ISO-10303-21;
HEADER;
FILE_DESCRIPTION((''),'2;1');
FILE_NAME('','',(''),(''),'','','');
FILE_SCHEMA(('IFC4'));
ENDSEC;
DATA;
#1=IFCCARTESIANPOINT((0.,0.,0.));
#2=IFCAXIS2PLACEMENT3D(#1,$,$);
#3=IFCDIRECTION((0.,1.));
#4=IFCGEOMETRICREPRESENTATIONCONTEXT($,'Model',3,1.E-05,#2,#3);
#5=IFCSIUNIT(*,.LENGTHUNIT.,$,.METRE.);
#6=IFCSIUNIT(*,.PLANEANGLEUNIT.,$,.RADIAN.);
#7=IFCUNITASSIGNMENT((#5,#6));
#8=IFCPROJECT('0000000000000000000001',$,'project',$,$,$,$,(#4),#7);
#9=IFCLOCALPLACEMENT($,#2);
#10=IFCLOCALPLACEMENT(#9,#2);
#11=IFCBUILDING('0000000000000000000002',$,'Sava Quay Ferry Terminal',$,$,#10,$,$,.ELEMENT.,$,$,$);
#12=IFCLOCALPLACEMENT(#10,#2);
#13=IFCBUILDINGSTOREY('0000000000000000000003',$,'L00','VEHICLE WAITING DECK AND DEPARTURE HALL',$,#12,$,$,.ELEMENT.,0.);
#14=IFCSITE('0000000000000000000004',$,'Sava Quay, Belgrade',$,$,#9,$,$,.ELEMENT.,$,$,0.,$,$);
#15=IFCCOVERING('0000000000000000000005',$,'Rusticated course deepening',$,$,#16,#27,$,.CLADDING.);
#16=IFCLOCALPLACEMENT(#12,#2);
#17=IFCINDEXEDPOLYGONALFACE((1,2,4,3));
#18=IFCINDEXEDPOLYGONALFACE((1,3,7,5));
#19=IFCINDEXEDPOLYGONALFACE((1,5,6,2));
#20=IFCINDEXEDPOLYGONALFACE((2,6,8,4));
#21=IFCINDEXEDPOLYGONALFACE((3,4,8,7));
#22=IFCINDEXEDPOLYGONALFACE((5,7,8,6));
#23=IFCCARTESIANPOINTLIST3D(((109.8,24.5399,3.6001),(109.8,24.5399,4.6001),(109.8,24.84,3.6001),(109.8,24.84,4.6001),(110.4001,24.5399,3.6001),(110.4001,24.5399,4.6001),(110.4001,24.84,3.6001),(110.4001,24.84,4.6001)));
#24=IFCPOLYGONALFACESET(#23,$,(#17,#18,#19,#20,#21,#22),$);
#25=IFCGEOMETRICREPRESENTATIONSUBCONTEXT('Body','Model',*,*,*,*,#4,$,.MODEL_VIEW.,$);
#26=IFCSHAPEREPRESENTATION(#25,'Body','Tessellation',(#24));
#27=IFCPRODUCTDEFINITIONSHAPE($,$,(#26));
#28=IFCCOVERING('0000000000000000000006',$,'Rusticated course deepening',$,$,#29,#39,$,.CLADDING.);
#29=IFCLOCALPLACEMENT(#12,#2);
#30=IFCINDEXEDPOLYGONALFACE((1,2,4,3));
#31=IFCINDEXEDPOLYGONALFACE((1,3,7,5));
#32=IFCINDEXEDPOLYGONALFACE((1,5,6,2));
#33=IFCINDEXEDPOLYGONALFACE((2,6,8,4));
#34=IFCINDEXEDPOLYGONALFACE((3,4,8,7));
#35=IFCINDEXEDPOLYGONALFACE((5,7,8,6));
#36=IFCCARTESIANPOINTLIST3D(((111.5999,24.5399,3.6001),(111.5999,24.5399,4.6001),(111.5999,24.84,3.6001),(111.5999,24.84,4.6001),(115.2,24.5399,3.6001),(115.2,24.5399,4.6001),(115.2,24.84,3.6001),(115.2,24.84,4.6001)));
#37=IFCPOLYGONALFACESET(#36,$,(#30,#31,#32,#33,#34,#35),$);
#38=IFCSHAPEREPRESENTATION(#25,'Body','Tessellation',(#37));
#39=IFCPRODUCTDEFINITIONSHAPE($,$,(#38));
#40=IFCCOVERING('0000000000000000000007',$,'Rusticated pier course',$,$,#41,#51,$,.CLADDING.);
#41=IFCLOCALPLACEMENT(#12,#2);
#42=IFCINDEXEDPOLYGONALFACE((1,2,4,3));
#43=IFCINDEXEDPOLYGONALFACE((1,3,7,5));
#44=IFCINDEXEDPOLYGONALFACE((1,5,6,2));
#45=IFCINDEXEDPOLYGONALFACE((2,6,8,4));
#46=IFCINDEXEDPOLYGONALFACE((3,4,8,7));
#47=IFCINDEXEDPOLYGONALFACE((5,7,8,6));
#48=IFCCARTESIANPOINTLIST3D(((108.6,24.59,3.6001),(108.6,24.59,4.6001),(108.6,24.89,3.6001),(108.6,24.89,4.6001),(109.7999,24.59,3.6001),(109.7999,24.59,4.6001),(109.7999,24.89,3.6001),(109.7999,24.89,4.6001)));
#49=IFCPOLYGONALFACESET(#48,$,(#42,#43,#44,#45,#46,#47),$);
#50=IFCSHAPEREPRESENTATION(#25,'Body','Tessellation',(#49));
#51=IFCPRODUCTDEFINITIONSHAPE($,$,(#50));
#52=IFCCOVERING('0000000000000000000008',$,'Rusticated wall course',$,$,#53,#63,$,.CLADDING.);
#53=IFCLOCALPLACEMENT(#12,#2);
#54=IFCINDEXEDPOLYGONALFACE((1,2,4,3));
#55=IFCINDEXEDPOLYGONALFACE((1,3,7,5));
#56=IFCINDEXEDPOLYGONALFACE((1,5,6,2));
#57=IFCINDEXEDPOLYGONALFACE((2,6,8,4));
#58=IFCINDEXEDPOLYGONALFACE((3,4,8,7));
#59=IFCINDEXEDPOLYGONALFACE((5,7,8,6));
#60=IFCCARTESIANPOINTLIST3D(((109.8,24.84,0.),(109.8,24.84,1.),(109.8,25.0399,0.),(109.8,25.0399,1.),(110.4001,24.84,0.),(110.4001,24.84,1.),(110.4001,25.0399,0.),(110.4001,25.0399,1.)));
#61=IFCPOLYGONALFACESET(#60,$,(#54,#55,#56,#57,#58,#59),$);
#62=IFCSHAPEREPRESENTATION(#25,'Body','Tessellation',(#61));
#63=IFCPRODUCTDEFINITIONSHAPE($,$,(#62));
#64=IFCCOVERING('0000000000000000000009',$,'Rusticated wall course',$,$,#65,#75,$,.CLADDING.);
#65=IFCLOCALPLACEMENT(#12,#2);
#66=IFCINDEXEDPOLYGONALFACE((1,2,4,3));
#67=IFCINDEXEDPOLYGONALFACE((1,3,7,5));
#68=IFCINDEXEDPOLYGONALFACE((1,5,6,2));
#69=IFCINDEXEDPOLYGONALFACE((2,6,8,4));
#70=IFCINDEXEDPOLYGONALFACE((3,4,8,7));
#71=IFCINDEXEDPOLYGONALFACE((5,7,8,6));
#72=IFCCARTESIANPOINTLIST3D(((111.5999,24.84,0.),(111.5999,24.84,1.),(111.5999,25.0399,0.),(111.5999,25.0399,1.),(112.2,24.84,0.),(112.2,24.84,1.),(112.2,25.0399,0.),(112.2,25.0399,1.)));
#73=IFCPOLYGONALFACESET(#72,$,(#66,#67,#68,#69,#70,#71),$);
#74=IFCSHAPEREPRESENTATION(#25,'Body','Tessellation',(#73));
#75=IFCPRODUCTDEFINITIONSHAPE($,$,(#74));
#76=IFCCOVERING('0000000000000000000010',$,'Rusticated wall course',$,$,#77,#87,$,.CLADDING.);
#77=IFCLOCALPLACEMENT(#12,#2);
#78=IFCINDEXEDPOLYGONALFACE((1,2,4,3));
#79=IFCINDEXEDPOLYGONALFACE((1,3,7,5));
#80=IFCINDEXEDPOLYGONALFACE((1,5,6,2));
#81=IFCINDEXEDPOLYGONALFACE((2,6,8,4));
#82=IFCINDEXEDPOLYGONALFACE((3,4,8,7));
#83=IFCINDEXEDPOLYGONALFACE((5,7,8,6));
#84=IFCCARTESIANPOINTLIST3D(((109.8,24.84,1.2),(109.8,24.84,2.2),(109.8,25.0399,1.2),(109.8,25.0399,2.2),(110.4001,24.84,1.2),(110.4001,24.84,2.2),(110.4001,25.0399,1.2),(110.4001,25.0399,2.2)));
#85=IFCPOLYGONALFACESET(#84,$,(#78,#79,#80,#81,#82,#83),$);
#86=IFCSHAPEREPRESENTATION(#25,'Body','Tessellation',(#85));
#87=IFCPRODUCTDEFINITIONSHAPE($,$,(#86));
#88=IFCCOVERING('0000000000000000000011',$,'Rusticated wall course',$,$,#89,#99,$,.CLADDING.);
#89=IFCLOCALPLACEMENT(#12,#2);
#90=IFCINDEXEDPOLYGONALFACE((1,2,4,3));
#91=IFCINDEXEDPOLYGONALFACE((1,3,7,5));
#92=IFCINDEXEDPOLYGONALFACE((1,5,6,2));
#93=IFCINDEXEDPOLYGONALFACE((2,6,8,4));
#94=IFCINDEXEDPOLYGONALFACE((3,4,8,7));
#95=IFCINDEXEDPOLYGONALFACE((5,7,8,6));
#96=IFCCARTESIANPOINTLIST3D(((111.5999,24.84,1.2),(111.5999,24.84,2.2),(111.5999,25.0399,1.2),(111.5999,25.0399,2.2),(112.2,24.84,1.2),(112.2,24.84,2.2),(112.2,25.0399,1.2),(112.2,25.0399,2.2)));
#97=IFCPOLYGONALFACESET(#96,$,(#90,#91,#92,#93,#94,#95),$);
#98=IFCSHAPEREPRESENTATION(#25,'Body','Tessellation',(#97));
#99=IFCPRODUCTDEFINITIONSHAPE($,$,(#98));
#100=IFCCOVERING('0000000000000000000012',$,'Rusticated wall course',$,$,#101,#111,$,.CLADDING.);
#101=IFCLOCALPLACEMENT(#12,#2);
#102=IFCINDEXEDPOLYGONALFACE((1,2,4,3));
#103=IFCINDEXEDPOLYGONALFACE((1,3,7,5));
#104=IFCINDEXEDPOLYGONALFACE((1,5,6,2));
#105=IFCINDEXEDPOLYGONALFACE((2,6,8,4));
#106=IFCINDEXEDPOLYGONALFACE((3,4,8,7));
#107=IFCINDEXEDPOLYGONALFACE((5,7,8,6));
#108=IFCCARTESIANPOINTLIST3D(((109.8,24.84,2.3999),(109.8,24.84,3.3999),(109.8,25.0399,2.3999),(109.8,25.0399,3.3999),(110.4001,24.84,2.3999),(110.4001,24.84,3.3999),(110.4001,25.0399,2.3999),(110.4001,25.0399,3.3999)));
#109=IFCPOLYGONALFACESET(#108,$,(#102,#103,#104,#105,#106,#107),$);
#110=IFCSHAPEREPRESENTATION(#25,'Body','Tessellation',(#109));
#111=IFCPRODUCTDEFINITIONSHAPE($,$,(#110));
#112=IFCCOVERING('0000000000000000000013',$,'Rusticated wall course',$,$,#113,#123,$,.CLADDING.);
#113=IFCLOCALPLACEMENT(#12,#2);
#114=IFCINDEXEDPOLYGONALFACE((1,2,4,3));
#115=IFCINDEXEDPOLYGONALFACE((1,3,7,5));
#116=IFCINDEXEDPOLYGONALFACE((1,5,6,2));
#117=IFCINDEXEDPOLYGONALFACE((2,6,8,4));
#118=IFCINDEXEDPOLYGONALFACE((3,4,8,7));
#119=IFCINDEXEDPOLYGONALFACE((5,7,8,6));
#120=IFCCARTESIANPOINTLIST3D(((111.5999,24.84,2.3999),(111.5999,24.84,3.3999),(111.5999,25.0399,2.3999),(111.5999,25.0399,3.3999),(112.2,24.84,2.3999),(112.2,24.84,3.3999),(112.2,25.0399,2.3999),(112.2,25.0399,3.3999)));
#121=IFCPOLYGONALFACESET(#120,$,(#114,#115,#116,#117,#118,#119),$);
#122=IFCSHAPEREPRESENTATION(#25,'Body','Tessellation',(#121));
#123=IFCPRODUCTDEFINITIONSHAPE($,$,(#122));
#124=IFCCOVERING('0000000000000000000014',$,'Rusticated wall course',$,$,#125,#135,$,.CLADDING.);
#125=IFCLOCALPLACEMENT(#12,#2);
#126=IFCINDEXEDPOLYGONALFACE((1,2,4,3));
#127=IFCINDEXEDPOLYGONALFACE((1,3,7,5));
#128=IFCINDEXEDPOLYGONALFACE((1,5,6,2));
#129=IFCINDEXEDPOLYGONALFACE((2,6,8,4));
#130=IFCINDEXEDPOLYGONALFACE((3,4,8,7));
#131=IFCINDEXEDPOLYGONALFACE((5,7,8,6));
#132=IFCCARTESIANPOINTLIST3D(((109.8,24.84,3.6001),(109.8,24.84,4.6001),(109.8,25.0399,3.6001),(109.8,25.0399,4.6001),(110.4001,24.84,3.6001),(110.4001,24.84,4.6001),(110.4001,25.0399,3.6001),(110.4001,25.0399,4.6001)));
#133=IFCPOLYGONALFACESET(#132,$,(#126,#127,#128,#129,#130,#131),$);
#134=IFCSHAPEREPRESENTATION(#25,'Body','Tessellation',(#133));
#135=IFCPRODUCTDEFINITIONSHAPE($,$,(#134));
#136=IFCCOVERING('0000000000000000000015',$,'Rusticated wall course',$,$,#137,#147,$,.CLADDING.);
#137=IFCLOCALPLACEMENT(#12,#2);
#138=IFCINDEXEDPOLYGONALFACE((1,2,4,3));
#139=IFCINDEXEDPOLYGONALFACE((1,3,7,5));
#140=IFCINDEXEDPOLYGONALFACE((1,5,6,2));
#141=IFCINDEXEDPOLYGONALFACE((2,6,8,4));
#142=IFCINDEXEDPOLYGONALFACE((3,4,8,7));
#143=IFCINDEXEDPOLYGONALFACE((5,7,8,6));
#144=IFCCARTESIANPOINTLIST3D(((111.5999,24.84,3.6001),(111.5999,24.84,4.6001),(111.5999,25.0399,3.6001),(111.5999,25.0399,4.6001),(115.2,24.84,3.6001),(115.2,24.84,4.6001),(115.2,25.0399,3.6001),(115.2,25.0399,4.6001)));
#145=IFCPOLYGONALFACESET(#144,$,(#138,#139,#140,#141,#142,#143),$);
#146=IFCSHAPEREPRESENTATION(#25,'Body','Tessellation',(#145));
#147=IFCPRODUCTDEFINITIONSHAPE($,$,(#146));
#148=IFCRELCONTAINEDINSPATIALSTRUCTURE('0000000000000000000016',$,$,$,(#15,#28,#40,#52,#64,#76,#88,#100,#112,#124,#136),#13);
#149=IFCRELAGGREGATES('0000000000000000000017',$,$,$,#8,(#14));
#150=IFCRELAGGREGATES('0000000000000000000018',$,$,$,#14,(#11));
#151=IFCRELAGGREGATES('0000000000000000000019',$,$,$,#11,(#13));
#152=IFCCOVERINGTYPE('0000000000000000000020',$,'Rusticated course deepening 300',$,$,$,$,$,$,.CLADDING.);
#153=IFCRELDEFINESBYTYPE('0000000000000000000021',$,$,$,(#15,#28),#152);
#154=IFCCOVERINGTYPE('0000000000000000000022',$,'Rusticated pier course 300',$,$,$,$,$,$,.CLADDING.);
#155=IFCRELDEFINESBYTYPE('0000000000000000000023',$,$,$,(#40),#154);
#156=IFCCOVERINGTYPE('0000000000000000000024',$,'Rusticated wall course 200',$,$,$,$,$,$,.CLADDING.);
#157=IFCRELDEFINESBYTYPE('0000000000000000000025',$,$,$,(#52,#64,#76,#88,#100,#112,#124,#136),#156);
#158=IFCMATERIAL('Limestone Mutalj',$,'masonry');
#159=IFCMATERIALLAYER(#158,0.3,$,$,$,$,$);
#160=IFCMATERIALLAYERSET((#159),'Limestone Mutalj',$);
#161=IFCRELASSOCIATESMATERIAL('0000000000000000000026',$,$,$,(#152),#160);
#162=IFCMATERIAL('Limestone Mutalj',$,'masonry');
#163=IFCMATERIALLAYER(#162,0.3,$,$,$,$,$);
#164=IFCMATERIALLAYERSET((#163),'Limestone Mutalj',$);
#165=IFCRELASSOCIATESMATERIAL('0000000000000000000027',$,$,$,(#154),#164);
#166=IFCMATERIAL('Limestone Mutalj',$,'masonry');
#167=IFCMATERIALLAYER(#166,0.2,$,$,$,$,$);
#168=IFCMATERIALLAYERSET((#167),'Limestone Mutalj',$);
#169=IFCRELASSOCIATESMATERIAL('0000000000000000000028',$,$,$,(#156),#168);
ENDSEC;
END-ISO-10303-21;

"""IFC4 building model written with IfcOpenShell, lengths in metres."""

from ifc_helpers import new_model, si_unit, direction, frame, origin, origin_2d, place, context, subcontext, project, spatial, rectangle, extrude, material, layer, layer_set, type_object, element, save


model = new_model("IFC4")

# Units and contexts
model_context = context("Model", 3, precision=1e-05, world=origin(), true_north=direction((0.0, 1.0)))
body_context = subcontext(model_context, "Body", "Model", "MODEL_VIEW")
ifc_project = project(units=[si_unit("LENGTHUNIT", "METRE"), si_unit("PLANEANGLEUNIT", "RADIAN")], contexts=[model_context])

# Site, building, storey
site_placement = place(None, origin())
site = spatial("IfcSite", under=ifc_project, at=site_placement, Name="Sava Quay, Belgrade", CompositionType="ELEMENT", RefElevation=0.0)
building_placement = place(site_placement, origin())
building = spatial("IfcBuilding", under=site, at=building_placement, Name="Sava Quay Ferry Terminal", CompositionType="ELEMENT")
storey_placement = place(building_placement, origin())
storey = spatial("IfcBuildingStorey", under=building, at=storey_placement, Name="L00", Description="VEHICLE WAITING DECK AND DEPARTURE HALL", CompositionType="ELEMENT", Elevation=0.0)

# Coverings
ifc_material_1 = material(Name="Limestone Mutalj", Category="masonry")
ifc_layer_1 = layer(ifc_material_1, 0.3)
ifc_layer_set_1 = layer_set([ifc_layer_1], Name="Limestone Mutalj")
covering_type_1 = type_object("IfcCoveringType", Name="Rusticated course deepening 300", PredefinedType="CLADDING", material=ifc_layer_set_1)
for number, where, z_axis, x_axis, name in (
    (1, (110.1001, 24.6899, 3.6001), (0.0, 0.0, 1.0), (1.0, 0.0, 0.0), "Rusticated course deepening"),
):
    element("IfcCovering", number, at=place(storey_placement, frame(where, z_axis=z_axis, x_axis=x_axis)), inside=storey, type_object=covering_type_1, Name=name, PredefinedType="CLADDING", context=body_context, shape_type="SweptSolid", body=[
        extrude(rectangle(XDim=0.6001, YDim=0.3, at=origin_2d()), origin(), (0.0, 0.0, 1.0), 1.0),
    ])
covering_1_placement = place(storey_placement, frame((113.3999, 24.6899, 3.6001), z_axis=(0.0, 0.0, 1.0), x_axis=(1.0, 0.0, 0.0)))
element("IfcCovering", 2, at=covering_1_placement, inside=storey, type_object=covering_type_1, Name="Rusticated course deepening", PredefinedType="CLADDING", context=body_context, shape_type="SweptSolid", body=[
    extrude(rectangle(XDim=3.6001, YDim=0.3, at=origin_2d()), origin(), (0.0, 0.0, 1.0), 1.0),
])
ifc_material_2 = material(Name="Limestone Mutalj", Category="masonry")
ifc_layer_2 = layer(ifc_material_2, 0.3)
ifc_layer_set_2 = layer_set([ifc_layer_2], Name="Limestone Mutalj")
covering_type_2 = type_object("IfcCoveringType", Name="Rusticated pier course 300", PredefinedType="CLADDING", material=ifc_layer_set_2)
covering_2_placement = place(storey_placement, frame((109.2, 24.74, 3.6001), z_axis=(0.0, 0.0, 1.0), x_axis=(1.0, 0.0, 0.0)))
element("IfcCovering", 3, at=covering_2_placement, inside=storey, type_object=covering_type_2, Name="Rusticated pier course", PredefinedType="CLADDING", context=body_context, shape_type="SweptSolid", body=[
    extrude(rectangle(XDim=1.2, YDim=0.3, at=origin_2d()), origin(), (0.0, 0.0, 1.0), 1.0),
])
ifc_material_3 = material(Name="Limestone Mutalj", Category="masonry")
ifc_layer_3 = layer(ifc_material_3, 0.2)
ifc_layer_set_3 = layer_set([ifc_layer_3], Name="Limestone Mutalj")
covering_type_3 = type_object("IfcCoveringType", Name="Rusticated wall course 200", PredefinedType="CLADDING", material=ifc_layer_set_3)
for number, where, z_axis, x_axis, name in (
    (4, (110.1001, 24.9399, 0.0), (0.0, 0.0, 1.0), (1.0, 0.0, 0.0), "Rusticated wall course"),
    (5, (111.8999, 24.9399, 0.0), (0.0, 0.0, 1.0), (1.0, 0.0, 0.0), "Rusticated wall course"),
    (6, (110.1001, 24.9399, 1.2), (0.0, 0.0, 1.0), (1.0, 0.0, 0.0), "Rusticated wall course"),
    (7, (111.8999, 24.9399, 1.2), (0.0, 0.0, 1.0), (1.0, 0.0, 0.0), "Rusticated wall course"),
    (8, (110.1001, 24.9399, 2.3999), (0.0, 0.0, 1.0), (1.0, 0.0, 0.0), "Rusticated wall course"),
    (9, (111.8999, 24.9399, 2.3999), (0.0, 0.0, 1.0), (1.0, 0.0, 0.0), "Rusticated wall course"),
    (10, (110.1001, 24.9399, 3.6001), (0.0, 0.0, 1.0), (1.0, 0.0, 0.0), "Rusticated wall course"),
):
    element("IfcCovering", number, at=place(storey_placement, frame(where, z_axis=z_axis, x_axis=x_axis)), inside=storey, type_object=covering_type_3, Name=name, PredefinedType="CLADDING", context=body_context, shape_type="SweptSolid", body=[
        extrude(rectangle(XDim=0.6001, YDim=0.2, at=origin_2d()), origin(), (0.0, 0.0, 1.0), 1.0),
    ])
covering_3_placement = place(storey_placement, frame((113.3999, 24.9399, 3.6001), z_axis=(0.0, 0.0, 1.0), x_axis=(1.0, 0.0, 0.0)))
element("IfcCovering", 11, at=covering_3_placement, inside=storey, type_object=covering_type_3, Name="Rusticated wall course", PredefinedType="CLADDING", context=body_context, shape_type="SweptSolid", body=[
    extrude(rectangle(XDim=3.6001, YDim=0.2, at=origin_2d()), origin(), (0.0, 0.0, 1.0), 1.0),
])

save(model, "model.ifc")
